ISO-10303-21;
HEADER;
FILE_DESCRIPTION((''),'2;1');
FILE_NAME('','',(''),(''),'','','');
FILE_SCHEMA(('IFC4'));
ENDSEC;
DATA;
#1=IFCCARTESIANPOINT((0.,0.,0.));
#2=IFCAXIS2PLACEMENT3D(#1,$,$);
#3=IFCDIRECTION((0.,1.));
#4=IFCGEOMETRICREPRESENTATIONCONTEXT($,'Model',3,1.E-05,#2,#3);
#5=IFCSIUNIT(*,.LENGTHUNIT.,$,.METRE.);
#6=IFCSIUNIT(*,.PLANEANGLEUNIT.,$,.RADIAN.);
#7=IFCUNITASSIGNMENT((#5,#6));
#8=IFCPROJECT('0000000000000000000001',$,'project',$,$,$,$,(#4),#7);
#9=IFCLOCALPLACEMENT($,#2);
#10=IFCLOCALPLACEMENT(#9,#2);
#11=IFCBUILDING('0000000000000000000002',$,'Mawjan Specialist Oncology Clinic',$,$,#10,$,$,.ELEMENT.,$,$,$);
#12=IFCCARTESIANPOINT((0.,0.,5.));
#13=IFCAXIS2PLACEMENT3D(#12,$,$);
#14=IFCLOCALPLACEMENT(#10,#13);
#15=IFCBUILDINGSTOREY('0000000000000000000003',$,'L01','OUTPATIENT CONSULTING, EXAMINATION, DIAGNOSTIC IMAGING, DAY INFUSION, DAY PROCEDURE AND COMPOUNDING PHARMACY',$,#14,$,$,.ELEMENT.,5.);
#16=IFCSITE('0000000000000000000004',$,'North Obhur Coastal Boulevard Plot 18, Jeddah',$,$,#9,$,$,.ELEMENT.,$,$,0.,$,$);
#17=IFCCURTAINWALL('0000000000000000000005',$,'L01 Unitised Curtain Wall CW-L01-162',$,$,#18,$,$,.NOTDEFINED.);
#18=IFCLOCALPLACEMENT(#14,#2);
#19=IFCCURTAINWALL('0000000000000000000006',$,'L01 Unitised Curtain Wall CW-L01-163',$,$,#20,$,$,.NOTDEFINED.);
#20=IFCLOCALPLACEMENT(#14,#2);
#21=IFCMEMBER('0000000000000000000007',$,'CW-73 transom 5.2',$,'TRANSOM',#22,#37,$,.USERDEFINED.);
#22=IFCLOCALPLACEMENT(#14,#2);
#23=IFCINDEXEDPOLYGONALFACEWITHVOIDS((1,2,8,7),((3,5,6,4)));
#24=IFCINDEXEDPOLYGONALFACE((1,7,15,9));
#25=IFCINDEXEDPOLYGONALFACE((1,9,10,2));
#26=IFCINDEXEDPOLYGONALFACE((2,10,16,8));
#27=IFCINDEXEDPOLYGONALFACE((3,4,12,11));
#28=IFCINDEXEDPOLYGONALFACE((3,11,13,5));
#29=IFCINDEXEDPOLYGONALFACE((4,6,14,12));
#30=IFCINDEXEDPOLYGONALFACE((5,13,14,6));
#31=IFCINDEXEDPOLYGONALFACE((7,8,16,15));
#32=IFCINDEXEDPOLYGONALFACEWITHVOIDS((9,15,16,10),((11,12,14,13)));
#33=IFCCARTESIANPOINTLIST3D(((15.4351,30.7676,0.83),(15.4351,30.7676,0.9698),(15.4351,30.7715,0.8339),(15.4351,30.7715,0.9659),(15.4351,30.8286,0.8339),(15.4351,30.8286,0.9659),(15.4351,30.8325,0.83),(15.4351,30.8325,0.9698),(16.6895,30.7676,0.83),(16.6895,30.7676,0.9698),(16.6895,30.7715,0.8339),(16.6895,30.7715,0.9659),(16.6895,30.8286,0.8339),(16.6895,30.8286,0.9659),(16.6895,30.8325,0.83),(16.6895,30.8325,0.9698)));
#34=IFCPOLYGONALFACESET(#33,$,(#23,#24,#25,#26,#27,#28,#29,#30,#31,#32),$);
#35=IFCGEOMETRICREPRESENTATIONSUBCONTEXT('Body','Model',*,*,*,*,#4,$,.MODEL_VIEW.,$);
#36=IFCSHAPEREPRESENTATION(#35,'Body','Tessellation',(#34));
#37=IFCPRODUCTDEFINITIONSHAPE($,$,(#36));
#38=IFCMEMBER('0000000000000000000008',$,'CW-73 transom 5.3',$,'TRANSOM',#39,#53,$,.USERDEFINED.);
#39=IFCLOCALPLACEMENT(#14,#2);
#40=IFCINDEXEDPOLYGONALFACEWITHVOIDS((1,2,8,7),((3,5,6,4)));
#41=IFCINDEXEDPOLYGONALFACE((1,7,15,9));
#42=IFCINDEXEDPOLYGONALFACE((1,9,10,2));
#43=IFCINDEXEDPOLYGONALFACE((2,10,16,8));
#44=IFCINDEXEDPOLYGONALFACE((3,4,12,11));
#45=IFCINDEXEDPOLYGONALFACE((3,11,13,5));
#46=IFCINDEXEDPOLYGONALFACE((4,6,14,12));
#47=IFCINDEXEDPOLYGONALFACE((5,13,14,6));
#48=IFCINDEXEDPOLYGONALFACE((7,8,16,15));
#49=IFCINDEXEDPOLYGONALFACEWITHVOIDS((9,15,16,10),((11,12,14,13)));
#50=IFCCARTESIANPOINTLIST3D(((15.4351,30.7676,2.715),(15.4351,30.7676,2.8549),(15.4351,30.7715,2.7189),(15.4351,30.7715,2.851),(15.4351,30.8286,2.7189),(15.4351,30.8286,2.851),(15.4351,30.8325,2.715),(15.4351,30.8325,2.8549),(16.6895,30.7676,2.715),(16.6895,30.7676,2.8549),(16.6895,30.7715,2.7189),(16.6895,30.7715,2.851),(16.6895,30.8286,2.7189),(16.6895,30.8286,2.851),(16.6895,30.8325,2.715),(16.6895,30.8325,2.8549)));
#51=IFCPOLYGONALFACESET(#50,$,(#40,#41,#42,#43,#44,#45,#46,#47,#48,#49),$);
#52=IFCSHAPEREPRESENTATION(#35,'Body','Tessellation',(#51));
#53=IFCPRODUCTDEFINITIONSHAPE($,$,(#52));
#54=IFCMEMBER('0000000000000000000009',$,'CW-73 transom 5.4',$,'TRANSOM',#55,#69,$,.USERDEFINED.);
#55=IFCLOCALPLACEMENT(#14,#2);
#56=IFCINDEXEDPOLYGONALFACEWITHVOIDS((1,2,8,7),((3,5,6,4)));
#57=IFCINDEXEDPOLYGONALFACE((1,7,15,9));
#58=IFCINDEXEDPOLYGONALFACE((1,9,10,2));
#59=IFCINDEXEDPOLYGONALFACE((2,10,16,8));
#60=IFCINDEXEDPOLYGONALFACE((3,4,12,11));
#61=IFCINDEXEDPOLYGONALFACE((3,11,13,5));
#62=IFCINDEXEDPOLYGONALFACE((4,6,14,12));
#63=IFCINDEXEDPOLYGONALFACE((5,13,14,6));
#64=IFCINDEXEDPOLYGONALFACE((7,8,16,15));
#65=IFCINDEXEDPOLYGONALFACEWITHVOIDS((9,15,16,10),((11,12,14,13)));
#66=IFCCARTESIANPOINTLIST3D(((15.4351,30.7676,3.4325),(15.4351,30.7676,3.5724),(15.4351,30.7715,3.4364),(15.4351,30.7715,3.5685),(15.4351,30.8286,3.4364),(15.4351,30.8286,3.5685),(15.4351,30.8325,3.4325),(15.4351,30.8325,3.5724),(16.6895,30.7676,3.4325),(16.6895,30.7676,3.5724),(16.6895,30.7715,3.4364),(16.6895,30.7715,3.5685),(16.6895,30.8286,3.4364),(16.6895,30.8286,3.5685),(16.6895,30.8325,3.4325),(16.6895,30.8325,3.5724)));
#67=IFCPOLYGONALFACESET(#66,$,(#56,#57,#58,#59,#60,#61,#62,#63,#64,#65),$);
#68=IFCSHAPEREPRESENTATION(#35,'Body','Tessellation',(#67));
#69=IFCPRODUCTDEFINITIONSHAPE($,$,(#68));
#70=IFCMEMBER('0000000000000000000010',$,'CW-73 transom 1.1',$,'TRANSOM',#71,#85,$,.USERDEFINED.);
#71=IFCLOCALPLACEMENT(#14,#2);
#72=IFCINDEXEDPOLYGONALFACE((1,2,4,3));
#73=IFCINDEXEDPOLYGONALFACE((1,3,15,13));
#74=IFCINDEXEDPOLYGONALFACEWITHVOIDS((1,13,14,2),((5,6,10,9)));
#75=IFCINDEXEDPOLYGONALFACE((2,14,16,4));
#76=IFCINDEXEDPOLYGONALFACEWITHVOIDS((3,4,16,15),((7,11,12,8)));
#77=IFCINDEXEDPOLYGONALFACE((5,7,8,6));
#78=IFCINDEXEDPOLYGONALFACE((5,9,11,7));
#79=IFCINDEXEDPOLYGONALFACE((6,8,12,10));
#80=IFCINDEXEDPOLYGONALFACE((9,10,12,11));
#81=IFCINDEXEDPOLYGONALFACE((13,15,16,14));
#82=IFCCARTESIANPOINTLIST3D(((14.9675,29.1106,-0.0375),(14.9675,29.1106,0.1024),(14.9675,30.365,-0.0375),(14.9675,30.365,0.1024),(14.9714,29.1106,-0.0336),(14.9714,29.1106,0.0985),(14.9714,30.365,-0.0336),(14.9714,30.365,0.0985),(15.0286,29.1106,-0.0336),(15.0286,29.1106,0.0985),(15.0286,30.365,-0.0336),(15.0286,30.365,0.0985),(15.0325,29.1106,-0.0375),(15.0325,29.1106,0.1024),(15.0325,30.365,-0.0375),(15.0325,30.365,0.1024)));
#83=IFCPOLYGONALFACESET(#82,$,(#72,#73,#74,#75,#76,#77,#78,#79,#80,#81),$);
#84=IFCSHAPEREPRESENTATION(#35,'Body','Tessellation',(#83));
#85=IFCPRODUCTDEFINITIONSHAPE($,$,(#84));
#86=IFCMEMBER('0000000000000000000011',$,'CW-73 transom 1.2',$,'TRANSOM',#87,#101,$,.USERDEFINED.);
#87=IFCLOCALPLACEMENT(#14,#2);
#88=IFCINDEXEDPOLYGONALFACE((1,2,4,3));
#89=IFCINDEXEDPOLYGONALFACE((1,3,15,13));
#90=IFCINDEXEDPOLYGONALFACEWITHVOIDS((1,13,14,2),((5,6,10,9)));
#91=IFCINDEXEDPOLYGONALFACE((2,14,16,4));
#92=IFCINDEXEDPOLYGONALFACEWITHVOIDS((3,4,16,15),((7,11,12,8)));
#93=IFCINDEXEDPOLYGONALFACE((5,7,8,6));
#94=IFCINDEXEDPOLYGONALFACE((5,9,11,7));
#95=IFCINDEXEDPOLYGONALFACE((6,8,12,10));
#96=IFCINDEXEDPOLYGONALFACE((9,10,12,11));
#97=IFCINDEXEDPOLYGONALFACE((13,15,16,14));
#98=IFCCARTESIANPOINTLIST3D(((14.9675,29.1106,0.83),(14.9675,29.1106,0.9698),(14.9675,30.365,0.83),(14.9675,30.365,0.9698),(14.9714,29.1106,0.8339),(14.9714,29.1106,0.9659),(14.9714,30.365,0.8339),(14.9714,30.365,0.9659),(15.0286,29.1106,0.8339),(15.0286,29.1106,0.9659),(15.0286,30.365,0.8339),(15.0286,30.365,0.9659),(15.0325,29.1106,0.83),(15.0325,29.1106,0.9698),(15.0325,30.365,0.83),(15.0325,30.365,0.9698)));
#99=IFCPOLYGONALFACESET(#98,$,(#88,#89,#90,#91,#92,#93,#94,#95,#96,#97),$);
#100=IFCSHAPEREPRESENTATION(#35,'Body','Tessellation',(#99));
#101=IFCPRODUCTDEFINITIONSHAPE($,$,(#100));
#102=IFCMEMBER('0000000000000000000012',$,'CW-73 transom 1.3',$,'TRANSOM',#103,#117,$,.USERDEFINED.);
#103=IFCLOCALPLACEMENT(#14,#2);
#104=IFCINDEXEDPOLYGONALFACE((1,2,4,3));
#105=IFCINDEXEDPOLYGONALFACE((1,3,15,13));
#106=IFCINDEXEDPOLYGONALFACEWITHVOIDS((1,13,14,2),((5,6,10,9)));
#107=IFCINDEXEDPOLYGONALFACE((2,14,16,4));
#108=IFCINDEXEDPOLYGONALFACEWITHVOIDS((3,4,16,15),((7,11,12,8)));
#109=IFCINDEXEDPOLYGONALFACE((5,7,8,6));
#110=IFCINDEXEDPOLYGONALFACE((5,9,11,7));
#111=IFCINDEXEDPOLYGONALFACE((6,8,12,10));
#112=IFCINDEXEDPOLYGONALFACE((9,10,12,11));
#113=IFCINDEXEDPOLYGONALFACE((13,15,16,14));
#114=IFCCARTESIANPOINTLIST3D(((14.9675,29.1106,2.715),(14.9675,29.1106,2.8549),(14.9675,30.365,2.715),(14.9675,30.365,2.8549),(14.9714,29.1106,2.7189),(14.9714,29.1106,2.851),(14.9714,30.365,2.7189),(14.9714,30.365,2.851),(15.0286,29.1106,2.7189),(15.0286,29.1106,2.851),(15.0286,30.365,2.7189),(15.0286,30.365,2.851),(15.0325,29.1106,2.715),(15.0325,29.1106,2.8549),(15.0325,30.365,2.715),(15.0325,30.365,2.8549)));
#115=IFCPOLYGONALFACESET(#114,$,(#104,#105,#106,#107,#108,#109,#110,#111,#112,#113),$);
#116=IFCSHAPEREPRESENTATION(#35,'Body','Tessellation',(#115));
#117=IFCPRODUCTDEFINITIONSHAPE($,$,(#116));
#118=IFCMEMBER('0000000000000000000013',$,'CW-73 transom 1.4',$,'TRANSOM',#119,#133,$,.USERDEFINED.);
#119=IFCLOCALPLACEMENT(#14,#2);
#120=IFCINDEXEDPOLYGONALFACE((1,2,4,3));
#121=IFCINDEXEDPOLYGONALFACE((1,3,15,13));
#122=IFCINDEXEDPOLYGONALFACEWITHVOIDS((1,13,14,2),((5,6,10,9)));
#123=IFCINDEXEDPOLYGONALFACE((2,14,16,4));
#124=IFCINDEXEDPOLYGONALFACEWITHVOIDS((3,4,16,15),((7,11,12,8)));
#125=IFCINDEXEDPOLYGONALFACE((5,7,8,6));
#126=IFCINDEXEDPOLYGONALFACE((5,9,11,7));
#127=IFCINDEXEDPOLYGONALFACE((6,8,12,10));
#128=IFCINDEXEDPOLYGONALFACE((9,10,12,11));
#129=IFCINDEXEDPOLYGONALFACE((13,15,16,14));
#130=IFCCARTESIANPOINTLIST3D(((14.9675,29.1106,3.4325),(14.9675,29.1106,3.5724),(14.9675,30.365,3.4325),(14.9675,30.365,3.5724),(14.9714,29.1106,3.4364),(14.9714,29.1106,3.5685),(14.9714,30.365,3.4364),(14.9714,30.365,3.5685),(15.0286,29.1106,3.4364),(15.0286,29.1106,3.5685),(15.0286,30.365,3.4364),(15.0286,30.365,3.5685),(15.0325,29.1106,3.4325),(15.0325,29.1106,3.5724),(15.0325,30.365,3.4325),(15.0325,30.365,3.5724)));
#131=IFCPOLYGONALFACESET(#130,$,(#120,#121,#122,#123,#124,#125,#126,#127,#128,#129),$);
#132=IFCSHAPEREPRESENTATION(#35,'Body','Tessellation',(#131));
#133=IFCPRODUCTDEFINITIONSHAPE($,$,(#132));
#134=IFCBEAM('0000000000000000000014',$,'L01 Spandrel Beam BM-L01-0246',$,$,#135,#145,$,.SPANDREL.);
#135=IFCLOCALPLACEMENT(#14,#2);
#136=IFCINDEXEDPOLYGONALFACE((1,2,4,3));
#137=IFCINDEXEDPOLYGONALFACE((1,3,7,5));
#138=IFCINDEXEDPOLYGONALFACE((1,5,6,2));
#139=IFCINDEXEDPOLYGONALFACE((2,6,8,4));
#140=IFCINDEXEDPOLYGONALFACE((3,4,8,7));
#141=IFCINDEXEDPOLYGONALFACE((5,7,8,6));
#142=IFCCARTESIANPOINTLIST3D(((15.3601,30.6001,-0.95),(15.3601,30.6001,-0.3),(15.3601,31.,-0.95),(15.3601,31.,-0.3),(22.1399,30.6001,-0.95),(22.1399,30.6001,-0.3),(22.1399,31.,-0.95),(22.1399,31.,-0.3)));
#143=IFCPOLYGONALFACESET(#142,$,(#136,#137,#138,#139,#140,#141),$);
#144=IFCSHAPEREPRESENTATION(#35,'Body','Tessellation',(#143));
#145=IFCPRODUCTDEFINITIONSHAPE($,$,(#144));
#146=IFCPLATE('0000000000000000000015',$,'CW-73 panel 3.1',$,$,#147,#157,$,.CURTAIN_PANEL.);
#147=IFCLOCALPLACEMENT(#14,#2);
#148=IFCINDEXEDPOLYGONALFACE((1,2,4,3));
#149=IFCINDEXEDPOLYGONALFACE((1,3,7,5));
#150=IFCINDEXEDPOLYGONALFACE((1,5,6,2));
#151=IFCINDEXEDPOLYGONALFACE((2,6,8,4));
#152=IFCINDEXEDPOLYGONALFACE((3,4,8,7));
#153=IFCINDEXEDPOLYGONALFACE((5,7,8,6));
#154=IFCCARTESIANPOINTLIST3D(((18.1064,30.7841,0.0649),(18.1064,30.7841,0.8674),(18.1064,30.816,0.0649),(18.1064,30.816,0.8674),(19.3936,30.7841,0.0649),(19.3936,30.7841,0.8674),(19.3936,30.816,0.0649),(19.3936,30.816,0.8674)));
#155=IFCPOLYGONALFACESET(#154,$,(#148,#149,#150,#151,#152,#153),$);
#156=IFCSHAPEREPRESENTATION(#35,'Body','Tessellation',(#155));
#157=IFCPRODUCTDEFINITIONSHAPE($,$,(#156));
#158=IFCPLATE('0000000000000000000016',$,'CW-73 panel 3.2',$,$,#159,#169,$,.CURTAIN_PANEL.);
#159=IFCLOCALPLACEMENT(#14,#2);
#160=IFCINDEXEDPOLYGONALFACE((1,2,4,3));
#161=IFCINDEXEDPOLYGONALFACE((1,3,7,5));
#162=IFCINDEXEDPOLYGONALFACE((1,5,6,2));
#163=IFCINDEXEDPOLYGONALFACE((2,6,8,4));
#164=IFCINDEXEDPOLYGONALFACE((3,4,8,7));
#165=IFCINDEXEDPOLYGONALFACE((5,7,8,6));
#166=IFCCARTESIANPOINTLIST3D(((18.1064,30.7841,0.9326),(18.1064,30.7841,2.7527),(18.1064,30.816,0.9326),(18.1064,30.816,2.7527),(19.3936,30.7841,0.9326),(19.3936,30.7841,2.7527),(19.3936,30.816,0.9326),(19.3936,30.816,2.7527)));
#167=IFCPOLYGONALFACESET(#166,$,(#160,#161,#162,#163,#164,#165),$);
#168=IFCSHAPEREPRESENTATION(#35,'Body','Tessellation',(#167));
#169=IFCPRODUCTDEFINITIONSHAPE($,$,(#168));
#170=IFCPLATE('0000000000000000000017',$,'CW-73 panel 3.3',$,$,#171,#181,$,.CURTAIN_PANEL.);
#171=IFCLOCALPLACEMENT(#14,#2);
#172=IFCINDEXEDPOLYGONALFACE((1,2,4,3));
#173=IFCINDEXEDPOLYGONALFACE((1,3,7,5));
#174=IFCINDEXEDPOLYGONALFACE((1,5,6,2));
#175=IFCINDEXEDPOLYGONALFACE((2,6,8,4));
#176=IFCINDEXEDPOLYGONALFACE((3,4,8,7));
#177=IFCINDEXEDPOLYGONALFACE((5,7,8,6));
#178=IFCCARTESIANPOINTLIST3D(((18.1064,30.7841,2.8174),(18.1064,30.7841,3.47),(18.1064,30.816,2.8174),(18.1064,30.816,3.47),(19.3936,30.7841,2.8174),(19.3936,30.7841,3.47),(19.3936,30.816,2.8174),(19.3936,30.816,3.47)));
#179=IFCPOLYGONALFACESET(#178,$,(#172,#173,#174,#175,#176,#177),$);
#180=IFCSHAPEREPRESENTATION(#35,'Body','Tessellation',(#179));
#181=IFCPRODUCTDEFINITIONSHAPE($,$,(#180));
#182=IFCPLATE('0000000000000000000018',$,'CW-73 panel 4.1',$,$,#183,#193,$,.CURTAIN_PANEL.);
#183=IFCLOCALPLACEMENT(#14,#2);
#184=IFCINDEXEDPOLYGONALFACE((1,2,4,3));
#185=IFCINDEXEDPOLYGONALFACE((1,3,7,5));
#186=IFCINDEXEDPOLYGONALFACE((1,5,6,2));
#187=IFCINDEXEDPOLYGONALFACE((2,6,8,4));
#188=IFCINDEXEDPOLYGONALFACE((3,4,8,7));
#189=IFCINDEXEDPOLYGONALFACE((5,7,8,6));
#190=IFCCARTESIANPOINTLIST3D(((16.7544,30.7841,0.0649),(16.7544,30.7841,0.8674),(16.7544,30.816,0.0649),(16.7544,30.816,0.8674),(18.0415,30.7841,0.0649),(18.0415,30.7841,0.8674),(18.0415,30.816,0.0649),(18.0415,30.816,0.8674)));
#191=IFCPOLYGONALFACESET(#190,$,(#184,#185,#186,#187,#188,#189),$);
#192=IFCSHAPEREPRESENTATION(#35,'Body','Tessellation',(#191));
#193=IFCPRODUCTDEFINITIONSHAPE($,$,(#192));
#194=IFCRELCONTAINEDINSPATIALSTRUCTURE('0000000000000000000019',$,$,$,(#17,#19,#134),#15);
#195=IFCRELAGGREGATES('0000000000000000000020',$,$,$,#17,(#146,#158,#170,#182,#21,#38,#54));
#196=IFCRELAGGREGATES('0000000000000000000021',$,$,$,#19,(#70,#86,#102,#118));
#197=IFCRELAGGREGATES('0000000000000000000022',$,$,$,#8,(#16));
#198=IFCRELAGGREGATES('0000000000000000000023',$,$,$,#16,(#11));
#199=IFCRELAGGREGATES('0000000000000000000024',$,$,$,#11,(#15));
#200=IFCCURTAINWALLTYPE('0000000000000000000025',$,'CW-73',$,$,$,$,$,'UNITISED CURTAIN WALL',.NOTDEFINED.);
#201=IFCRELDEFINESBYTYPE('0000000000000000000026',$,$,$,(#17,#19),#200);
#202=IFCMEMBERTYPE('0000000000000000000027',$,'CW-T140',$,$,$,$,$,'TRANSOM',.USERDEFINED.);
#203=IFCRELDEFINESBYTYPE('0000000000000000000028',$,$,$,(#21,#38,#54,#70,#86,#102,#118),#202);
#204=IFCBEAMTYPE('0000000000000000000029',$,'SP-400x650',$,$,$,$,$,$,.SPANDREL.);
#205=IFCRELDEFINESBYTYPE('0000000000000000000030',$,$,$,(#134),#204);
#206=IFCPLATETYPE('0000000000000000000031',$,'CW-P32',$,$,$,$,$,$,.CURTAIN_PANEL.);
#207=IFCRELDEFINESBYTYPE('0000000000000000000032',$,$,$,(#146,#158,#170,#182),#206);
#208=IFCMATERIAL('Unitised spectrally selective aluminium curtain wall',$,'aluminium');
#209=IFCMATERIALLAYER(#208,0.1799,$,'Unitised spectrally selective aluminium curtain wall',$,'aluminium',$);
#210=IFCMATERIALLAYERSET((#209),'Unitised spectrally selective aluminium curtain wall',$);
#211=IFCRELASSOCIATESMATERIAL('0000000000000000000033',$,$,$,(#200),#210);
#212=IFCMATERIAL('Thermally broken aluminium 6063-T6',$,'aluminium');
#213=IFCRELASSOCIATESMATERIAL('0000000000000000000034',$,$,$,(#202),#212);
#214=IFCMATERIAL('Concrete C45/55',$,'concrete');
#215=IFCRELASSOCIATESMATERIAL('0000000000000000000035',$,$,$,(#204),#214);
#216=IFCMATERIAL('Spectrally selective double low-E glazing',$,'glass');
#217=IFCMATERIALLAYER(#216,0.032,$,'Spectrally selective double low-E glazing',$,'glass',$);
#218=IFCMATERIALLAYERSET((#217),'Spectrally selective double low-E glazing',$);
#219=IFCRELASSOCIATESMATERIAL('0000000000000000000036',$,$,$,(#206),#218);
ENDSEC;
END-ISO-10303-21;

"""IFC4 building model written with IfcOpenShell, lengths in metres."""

from ifc_helpers import new_model, si_unit, direction, frame, origin, origin_2d, place, context, subcontext, project, spatial, rectangle, hollow_rectangle, extrude, material, layer, layer_set, material_profile, profile_set, type_object, element, aggregate, save


model = new_model("IFC4")

# Units and contexts
model_context = context("Model", 3, precision=1e-05, world=origin(), true_north=direction((0.0, 1.0)))
body_context = subcontext(model_context, "Body", "Model", "MODEL_VIEW")
ifc_project = project(units=[si_unit("LENGTHUNIT", "METRE"), si_unit("PLANEANGLEUNIT", "RADIAN")], contexts=[model_context])

# Site, building, storey
site_placement = place(None, origin())
site = spatial("IfcSite", under=ifc_project, at=site_placement, Name="North Obhur Coastal Boulevard Plot 18, Jeddah", CompositionType="ELEMENT", RefElevation=0.0)
building_placement = place(site_placement, origin())
building = spatial("IfcBuilding", under=site, at=building_placement, Name="Mawjan Specialist Oncology Clinic", CompositionType="ELEMENT")
storey_placement = place(building_placement, frame((0.0, 0.0, 5.0)))
storey = spatial("IfcBuildingStorey", under=building, at=storey_placement, Name="L01", Description="OUTPATIENT CONSULTING, EXAMINATION, DIAGNOSTIC IMAGING, DAY INFUSION, DAY PROCEDURE AND COMPOUNDING PHARMACY", CompositionType="ELEMENT", Elevation=5.0)

# Curtain wall
ifc_material_1 = material(Name="Unitised spectrally selective aluminium curtain wall", Category="aluminium")
ifc_layer_1 = layer(ifc_material_1, 0.1799, Name="Unitised spectrally selective aluminium curtain wall", Category="aluminium")
ifc_layer_set_1 = layer_set([ifc_layer_1], Name="Unitised spectrally selective aluminium curtain wall")
curtain_wall_type = type_object("IfcCurtainWallType", Name="CW-73", ElementType="UNITISED CURTAIN WALL", PredefinedType="NOTDEFINED", material=ifc_layer_set_1)
curtain_wall_1_placement = place(storey_placement, origin())
curtain_wall_1 = element("IfcCurtainWall", 1, at=curtain_wall_1_placement, inside=storey, type_object=curtain_wall_type, Name="L01 Unitised Curtain Wall CW-L01-162", PredefinedType="NOTDEFINED")

# Curtain wall
curtain_wall_2_placement = place(storey_placement, origin())
curtain_wall_2 = element("IfcCurtainWall", 2, at=curtain_wall_2_placement, inside=storey, type_object=curtain_wall_type, Name="L01 Unitised Curtain Wall CW-L01-163", PredefinedType="NOTDEFINED")

# Members
ifc_material_2 = material(Name="Thermally broken aluminium 6063-T6", Category="aluminium")
ifc_material_profile_1 = material_profile(ifc_material_2, hollow_rectangle(XDim=0.0649, YDim=0.1399, WallThickness=0.0039, at=origin_2d()), Name="ALU TRANSOM 140x65x4", Category="aluminium")
ifc_profile_set_1 = profile_set([ifc_material_profile_1], Name="Thermally broken aluminium 6063-T6")
member_type_1 = type_object("IfcMemberType", Name="CW-T140", ElementType="TRANSOM", PredefinedType="USERDEFINED", material=ifc_profile_set_1)
member_1_placement = place(storey_placement, frame((16.6895, 30.8, 0.8999), z_axis=(-1.0, 0.0, 0.0), x_axis=(0.0, -1.0, 0.0)))
member_1 = element("IfcMember", 3, at=member_1_placement, type_object=member_type_1, Name="CW-73 transom 5.2", ObjectType="TRANSOM", PredefinedType="USERDEFINED", context=body_context, shape_type="SweptSolid", body=[
    extrude(hollow_rectangle(XDim=0.0649, YDim=0.1399, WallThickness=0.0039, at=origin_2d()), origin(), (0.0, 0.0, 1.0), 1.2544),
])
member_2_placement = place(storey_placement, frame((16.6895, 30.8, 2.7849), z_axis=(-1.0, 0.0, 0.0), x_axis=(0.0, -1.0, 0.0)))
member_2 = element("IfcMember", 4, at=member_2_placement, type_object=member_type_1, Name="CW-73 transom 5.3", ObjectType="TRANSOM", PredefinedType="USERDEFINED", context=body_context, shape_type="SweptSolid", body=[
    extrude(hollow_rectangle(XDim=0.0649, YDim=0.1399, WallThickness=0.0039, at=origin_2d()), origin(), (0.0, 0.0, 1.0), 1.2544),
])
member_3_placement = place(storey_placement, frame((16.6895, 30.8, 3.5024), z_axis=(-1.0, 0.0, 0.0), x_axis=(0.0, -1.0, 0.0)))
member_3 = element("IfcMember", 5, at=member_3_placement, type_object=member_type_1, Name="CW-73 transom 5.4", ObjectType="TRANSOM", PredefinedType="USERDEFINED", context=body_context, shape_type="SweptSolid", body=[
    extrude(hollow_rectangle(XDim=0.0649, YDim=0.1399, WallThickness=0.0039, at=origin_2d()), origin(), (0.0, 0.0, 1.0), 1.2544),
])
member_4_placement = place(storey_placement, frame((15.0, 30.365, 0.0325), z_axis=(0.0, -1.0, 0.0), x_axis=(1.0, 0.0, 0.0)))
member_4 = element("IfcMember", 6, at=member_4_placement, type_object=member_type_1, Name="CW-73 transom 1.1", ObjectType="TRANSOM", PredefinedType="USERDEFINED", context=body_context, shape_type="SweptSolid", body=[
    extrude(hollow_rectangle(XDim=0.0649, YDim=0.1399, WallThickness=0.0039, at=origin_2d()), origin(), (0.0, 0.0, 1.0), 1.2544),
])
member_5_placement = place(storey_placement, frame((15.0, 30.365, 0.8999), z_axis=(0.0, -1.0, 0.0), x_axis=(1.0, 0.0, 0.0)))
member_5 = element("IfcMember", 7, at=member_5_placement, type_object=member_type_1, Name="CW-73 transom 1.2", ObjectType="TRANSOM", PredefinedType="USERDEFINED", context=body_context, shape_type="SweptSolid", body=[
    extrude(hollow_rectangle(XDim=0.0649, YDim=0.1399, WallThickness=0.0039, at=origin_2d()), origin(), (0.0, 0.0, 1.0), 1.2544),
])
member_6_placement = place(storey_placement, frame((15.0, 30.365, 2.7849), z_axis=(0.0, -1.0, 0.0), x_axis=(1.0, 0.0, 0.0)))
member_6 = element("IfcMember", 8, at=member_6_placement, type_object=member_type_1, Name="CW-73 transom 1.3", ObjectType="TRANSOM", PredefinedType="USERDEFINED", context=body_context, shape_type="SweptSolid", body=[
    extrude(hollow_rectangle(XDim=0.0649, YDim=0.1399, WallThickness=0.0039, at=origin_2d()), origin(), (0.0, 0.0, 1.0), 1.2544),
])
member_7_placement = place(storey_placement, frame((15.0, 30.365, 3.5024), z_axis=(0.0, -1.0, 0.0), x_axis=(1.0, 0.0, 0.0)))
member_7 = element("IfcMember", 9, at=member_7_placement, type_object=member_type_1, Name="CW-73 transom 1.4", ObjectType="TRANSOM", PredefinedType="USERDEFINED", context=body_context, shape_type="SweptSolid", body=[
    extrude(hollow_rectangle(XDim=0.0649, YDim=0.1399, WallThickness=0.0039, at=origin_2d()), origin(), (0.0, 0.0, 1.0), 1.2544),
])

# Beam
ifc_material_3 = material(Name="Concrete C45/55", Category="concrete")
ifc_material_profile_2 = material_profile(ifc_material_3, rectangle(XDim=0.3999, YDim=0.6499, at=origin_2d()), Name="RC BM 400x650", Category="concrete")
ifc_profile_set_2 = profile_set([ifc_material_profile_2], Name="Concrete C45/55")
beam_type_1 = type_object("IfcBeamType", Name="SP-400x650", PredefinedType="SPANDREL", material=ifc_profile_set_2)
beam_1_placement = place(storey_placement, frame((15.3601, 30.8, -0.625), z_axis=(1.0, 0.0, 0.0), x_axis=(0.0, 1.0, 0.0)))
element("IfcBeam", 10, at=beam_1_placement, inside=storey, type_object=beam_type_1, Name="L01 Spandrel Beam BM-L01-0246", PredefinedType="SPANDREL", context=body_context, shape_type="SweptSolid", body=[
    extrude(rectangle(XDim=0.3999, YDim=0.6499, at=origin_2d()), origin(), (0.0, 0.0, 1.0), 6.7798),
])

# Plates
ifc_material_4 = material(Name="Spectrally selective double low-E glazing", Category="glass")
ifc_layer_2 = layer(ifc_material_4, 0.032, Name="Spectrally selective double low-E glazing", Category="glass")
ifc_layer_set_2 = layer_set([ifc_layer_2], Name="Spectrally selective double low-E glazing")
plate_type = type_object("IfcPlateType", Name="CW-P32", PredefinedType="CURTAIN_PANEL", material=ifc_layer_set_2)
plate_1_placement = place(storey_placement, frame((18.75, 30.8, 0.0649), z_axis=(0.0, 0.0, 1.0), x_axis=(-1.0, 0.0, 0.0)))
plate_1 = element("IfcPlate", 11, at=plate_1_placement, type_object=plate_type, Name="CW-73 panel 3.1", PredefinedType="CURTAIN_PANEL", context=body_context, shape_type="SweptSolid", body=[
    extrude(rectangle(XDim=1.2871, YDim=0.032, at=origin_2d()), origin(), (0.0, 0.0, 1.0), 0.8025),
])
plate_2_placement = place(storey_placement, frame((18.75, 30.8, 0.9326), z_axis=(0.0, 0.0, 1.0), x_axis=(-1.0, 0.0, 0.0)))
plate_2 = element("IfcPlate", 12, at=plate_2_placement, type_object=plate_type, Name="CW-73 panel 3.2", PredefinedType="CURTAIN_PANEL", context=body_context, shape_type="SweptSolid", body=[
    extrude(rectangle(XDim=1.2871, YDim=0.032, at=origin_2d()), origin(), (0.0, 0.0, 1.0), 1.8201),
])
plate_3_placement = place(storey_placement, frame((18.75, 30.8, 2.8174), z_axis=(0.0, 0.0, 1.0), x_axis=(-1.0, 0.0, 0.0)))
plate_3 = element("IfcPlate", 13, at=plate_3_placement, type_object=plate_type, Name="CW-73 panel 3.3", PredefinedType="CURTAIN_PANEL", context=body_context, shape_type="SweptSolid", body=[
    extrude(rectangle(XDim=1.2871, YDim=0.032, at=origin_2d()), origin(), (0.0, 0.0, 1.0), 0.6526),
])
plate_4_placement = place(storey_placement, frame((17.3979, 30.8, 0.0649), z_axis=(0.0, 0.0, 1.0), x_axis=(-1.0, 0.0, 0.0)))
plate_4 = element("IfcPlate", 14, at=plate_4_placement, type_object=plate_type, Name="CW-73 panel 4.1", PredefinedType="CURTAIN_PANEL", context=body_context, shape_type="SweptSolid", body=[
    extrude(rectangle(XDim=1.2871, YDim=0.032, at=origin_2d()), origin(), (0.0, 0.0, 1.0), 0.8025),
])
aggregate(curtain_wall_1, [plate_1, plate_2, plate_3, plate_4, member_1, member_2, member_3])
aggregate(curtain_wall_2, [member_4, member_5, member_6, member_7])

save(model, "model.ifc")
